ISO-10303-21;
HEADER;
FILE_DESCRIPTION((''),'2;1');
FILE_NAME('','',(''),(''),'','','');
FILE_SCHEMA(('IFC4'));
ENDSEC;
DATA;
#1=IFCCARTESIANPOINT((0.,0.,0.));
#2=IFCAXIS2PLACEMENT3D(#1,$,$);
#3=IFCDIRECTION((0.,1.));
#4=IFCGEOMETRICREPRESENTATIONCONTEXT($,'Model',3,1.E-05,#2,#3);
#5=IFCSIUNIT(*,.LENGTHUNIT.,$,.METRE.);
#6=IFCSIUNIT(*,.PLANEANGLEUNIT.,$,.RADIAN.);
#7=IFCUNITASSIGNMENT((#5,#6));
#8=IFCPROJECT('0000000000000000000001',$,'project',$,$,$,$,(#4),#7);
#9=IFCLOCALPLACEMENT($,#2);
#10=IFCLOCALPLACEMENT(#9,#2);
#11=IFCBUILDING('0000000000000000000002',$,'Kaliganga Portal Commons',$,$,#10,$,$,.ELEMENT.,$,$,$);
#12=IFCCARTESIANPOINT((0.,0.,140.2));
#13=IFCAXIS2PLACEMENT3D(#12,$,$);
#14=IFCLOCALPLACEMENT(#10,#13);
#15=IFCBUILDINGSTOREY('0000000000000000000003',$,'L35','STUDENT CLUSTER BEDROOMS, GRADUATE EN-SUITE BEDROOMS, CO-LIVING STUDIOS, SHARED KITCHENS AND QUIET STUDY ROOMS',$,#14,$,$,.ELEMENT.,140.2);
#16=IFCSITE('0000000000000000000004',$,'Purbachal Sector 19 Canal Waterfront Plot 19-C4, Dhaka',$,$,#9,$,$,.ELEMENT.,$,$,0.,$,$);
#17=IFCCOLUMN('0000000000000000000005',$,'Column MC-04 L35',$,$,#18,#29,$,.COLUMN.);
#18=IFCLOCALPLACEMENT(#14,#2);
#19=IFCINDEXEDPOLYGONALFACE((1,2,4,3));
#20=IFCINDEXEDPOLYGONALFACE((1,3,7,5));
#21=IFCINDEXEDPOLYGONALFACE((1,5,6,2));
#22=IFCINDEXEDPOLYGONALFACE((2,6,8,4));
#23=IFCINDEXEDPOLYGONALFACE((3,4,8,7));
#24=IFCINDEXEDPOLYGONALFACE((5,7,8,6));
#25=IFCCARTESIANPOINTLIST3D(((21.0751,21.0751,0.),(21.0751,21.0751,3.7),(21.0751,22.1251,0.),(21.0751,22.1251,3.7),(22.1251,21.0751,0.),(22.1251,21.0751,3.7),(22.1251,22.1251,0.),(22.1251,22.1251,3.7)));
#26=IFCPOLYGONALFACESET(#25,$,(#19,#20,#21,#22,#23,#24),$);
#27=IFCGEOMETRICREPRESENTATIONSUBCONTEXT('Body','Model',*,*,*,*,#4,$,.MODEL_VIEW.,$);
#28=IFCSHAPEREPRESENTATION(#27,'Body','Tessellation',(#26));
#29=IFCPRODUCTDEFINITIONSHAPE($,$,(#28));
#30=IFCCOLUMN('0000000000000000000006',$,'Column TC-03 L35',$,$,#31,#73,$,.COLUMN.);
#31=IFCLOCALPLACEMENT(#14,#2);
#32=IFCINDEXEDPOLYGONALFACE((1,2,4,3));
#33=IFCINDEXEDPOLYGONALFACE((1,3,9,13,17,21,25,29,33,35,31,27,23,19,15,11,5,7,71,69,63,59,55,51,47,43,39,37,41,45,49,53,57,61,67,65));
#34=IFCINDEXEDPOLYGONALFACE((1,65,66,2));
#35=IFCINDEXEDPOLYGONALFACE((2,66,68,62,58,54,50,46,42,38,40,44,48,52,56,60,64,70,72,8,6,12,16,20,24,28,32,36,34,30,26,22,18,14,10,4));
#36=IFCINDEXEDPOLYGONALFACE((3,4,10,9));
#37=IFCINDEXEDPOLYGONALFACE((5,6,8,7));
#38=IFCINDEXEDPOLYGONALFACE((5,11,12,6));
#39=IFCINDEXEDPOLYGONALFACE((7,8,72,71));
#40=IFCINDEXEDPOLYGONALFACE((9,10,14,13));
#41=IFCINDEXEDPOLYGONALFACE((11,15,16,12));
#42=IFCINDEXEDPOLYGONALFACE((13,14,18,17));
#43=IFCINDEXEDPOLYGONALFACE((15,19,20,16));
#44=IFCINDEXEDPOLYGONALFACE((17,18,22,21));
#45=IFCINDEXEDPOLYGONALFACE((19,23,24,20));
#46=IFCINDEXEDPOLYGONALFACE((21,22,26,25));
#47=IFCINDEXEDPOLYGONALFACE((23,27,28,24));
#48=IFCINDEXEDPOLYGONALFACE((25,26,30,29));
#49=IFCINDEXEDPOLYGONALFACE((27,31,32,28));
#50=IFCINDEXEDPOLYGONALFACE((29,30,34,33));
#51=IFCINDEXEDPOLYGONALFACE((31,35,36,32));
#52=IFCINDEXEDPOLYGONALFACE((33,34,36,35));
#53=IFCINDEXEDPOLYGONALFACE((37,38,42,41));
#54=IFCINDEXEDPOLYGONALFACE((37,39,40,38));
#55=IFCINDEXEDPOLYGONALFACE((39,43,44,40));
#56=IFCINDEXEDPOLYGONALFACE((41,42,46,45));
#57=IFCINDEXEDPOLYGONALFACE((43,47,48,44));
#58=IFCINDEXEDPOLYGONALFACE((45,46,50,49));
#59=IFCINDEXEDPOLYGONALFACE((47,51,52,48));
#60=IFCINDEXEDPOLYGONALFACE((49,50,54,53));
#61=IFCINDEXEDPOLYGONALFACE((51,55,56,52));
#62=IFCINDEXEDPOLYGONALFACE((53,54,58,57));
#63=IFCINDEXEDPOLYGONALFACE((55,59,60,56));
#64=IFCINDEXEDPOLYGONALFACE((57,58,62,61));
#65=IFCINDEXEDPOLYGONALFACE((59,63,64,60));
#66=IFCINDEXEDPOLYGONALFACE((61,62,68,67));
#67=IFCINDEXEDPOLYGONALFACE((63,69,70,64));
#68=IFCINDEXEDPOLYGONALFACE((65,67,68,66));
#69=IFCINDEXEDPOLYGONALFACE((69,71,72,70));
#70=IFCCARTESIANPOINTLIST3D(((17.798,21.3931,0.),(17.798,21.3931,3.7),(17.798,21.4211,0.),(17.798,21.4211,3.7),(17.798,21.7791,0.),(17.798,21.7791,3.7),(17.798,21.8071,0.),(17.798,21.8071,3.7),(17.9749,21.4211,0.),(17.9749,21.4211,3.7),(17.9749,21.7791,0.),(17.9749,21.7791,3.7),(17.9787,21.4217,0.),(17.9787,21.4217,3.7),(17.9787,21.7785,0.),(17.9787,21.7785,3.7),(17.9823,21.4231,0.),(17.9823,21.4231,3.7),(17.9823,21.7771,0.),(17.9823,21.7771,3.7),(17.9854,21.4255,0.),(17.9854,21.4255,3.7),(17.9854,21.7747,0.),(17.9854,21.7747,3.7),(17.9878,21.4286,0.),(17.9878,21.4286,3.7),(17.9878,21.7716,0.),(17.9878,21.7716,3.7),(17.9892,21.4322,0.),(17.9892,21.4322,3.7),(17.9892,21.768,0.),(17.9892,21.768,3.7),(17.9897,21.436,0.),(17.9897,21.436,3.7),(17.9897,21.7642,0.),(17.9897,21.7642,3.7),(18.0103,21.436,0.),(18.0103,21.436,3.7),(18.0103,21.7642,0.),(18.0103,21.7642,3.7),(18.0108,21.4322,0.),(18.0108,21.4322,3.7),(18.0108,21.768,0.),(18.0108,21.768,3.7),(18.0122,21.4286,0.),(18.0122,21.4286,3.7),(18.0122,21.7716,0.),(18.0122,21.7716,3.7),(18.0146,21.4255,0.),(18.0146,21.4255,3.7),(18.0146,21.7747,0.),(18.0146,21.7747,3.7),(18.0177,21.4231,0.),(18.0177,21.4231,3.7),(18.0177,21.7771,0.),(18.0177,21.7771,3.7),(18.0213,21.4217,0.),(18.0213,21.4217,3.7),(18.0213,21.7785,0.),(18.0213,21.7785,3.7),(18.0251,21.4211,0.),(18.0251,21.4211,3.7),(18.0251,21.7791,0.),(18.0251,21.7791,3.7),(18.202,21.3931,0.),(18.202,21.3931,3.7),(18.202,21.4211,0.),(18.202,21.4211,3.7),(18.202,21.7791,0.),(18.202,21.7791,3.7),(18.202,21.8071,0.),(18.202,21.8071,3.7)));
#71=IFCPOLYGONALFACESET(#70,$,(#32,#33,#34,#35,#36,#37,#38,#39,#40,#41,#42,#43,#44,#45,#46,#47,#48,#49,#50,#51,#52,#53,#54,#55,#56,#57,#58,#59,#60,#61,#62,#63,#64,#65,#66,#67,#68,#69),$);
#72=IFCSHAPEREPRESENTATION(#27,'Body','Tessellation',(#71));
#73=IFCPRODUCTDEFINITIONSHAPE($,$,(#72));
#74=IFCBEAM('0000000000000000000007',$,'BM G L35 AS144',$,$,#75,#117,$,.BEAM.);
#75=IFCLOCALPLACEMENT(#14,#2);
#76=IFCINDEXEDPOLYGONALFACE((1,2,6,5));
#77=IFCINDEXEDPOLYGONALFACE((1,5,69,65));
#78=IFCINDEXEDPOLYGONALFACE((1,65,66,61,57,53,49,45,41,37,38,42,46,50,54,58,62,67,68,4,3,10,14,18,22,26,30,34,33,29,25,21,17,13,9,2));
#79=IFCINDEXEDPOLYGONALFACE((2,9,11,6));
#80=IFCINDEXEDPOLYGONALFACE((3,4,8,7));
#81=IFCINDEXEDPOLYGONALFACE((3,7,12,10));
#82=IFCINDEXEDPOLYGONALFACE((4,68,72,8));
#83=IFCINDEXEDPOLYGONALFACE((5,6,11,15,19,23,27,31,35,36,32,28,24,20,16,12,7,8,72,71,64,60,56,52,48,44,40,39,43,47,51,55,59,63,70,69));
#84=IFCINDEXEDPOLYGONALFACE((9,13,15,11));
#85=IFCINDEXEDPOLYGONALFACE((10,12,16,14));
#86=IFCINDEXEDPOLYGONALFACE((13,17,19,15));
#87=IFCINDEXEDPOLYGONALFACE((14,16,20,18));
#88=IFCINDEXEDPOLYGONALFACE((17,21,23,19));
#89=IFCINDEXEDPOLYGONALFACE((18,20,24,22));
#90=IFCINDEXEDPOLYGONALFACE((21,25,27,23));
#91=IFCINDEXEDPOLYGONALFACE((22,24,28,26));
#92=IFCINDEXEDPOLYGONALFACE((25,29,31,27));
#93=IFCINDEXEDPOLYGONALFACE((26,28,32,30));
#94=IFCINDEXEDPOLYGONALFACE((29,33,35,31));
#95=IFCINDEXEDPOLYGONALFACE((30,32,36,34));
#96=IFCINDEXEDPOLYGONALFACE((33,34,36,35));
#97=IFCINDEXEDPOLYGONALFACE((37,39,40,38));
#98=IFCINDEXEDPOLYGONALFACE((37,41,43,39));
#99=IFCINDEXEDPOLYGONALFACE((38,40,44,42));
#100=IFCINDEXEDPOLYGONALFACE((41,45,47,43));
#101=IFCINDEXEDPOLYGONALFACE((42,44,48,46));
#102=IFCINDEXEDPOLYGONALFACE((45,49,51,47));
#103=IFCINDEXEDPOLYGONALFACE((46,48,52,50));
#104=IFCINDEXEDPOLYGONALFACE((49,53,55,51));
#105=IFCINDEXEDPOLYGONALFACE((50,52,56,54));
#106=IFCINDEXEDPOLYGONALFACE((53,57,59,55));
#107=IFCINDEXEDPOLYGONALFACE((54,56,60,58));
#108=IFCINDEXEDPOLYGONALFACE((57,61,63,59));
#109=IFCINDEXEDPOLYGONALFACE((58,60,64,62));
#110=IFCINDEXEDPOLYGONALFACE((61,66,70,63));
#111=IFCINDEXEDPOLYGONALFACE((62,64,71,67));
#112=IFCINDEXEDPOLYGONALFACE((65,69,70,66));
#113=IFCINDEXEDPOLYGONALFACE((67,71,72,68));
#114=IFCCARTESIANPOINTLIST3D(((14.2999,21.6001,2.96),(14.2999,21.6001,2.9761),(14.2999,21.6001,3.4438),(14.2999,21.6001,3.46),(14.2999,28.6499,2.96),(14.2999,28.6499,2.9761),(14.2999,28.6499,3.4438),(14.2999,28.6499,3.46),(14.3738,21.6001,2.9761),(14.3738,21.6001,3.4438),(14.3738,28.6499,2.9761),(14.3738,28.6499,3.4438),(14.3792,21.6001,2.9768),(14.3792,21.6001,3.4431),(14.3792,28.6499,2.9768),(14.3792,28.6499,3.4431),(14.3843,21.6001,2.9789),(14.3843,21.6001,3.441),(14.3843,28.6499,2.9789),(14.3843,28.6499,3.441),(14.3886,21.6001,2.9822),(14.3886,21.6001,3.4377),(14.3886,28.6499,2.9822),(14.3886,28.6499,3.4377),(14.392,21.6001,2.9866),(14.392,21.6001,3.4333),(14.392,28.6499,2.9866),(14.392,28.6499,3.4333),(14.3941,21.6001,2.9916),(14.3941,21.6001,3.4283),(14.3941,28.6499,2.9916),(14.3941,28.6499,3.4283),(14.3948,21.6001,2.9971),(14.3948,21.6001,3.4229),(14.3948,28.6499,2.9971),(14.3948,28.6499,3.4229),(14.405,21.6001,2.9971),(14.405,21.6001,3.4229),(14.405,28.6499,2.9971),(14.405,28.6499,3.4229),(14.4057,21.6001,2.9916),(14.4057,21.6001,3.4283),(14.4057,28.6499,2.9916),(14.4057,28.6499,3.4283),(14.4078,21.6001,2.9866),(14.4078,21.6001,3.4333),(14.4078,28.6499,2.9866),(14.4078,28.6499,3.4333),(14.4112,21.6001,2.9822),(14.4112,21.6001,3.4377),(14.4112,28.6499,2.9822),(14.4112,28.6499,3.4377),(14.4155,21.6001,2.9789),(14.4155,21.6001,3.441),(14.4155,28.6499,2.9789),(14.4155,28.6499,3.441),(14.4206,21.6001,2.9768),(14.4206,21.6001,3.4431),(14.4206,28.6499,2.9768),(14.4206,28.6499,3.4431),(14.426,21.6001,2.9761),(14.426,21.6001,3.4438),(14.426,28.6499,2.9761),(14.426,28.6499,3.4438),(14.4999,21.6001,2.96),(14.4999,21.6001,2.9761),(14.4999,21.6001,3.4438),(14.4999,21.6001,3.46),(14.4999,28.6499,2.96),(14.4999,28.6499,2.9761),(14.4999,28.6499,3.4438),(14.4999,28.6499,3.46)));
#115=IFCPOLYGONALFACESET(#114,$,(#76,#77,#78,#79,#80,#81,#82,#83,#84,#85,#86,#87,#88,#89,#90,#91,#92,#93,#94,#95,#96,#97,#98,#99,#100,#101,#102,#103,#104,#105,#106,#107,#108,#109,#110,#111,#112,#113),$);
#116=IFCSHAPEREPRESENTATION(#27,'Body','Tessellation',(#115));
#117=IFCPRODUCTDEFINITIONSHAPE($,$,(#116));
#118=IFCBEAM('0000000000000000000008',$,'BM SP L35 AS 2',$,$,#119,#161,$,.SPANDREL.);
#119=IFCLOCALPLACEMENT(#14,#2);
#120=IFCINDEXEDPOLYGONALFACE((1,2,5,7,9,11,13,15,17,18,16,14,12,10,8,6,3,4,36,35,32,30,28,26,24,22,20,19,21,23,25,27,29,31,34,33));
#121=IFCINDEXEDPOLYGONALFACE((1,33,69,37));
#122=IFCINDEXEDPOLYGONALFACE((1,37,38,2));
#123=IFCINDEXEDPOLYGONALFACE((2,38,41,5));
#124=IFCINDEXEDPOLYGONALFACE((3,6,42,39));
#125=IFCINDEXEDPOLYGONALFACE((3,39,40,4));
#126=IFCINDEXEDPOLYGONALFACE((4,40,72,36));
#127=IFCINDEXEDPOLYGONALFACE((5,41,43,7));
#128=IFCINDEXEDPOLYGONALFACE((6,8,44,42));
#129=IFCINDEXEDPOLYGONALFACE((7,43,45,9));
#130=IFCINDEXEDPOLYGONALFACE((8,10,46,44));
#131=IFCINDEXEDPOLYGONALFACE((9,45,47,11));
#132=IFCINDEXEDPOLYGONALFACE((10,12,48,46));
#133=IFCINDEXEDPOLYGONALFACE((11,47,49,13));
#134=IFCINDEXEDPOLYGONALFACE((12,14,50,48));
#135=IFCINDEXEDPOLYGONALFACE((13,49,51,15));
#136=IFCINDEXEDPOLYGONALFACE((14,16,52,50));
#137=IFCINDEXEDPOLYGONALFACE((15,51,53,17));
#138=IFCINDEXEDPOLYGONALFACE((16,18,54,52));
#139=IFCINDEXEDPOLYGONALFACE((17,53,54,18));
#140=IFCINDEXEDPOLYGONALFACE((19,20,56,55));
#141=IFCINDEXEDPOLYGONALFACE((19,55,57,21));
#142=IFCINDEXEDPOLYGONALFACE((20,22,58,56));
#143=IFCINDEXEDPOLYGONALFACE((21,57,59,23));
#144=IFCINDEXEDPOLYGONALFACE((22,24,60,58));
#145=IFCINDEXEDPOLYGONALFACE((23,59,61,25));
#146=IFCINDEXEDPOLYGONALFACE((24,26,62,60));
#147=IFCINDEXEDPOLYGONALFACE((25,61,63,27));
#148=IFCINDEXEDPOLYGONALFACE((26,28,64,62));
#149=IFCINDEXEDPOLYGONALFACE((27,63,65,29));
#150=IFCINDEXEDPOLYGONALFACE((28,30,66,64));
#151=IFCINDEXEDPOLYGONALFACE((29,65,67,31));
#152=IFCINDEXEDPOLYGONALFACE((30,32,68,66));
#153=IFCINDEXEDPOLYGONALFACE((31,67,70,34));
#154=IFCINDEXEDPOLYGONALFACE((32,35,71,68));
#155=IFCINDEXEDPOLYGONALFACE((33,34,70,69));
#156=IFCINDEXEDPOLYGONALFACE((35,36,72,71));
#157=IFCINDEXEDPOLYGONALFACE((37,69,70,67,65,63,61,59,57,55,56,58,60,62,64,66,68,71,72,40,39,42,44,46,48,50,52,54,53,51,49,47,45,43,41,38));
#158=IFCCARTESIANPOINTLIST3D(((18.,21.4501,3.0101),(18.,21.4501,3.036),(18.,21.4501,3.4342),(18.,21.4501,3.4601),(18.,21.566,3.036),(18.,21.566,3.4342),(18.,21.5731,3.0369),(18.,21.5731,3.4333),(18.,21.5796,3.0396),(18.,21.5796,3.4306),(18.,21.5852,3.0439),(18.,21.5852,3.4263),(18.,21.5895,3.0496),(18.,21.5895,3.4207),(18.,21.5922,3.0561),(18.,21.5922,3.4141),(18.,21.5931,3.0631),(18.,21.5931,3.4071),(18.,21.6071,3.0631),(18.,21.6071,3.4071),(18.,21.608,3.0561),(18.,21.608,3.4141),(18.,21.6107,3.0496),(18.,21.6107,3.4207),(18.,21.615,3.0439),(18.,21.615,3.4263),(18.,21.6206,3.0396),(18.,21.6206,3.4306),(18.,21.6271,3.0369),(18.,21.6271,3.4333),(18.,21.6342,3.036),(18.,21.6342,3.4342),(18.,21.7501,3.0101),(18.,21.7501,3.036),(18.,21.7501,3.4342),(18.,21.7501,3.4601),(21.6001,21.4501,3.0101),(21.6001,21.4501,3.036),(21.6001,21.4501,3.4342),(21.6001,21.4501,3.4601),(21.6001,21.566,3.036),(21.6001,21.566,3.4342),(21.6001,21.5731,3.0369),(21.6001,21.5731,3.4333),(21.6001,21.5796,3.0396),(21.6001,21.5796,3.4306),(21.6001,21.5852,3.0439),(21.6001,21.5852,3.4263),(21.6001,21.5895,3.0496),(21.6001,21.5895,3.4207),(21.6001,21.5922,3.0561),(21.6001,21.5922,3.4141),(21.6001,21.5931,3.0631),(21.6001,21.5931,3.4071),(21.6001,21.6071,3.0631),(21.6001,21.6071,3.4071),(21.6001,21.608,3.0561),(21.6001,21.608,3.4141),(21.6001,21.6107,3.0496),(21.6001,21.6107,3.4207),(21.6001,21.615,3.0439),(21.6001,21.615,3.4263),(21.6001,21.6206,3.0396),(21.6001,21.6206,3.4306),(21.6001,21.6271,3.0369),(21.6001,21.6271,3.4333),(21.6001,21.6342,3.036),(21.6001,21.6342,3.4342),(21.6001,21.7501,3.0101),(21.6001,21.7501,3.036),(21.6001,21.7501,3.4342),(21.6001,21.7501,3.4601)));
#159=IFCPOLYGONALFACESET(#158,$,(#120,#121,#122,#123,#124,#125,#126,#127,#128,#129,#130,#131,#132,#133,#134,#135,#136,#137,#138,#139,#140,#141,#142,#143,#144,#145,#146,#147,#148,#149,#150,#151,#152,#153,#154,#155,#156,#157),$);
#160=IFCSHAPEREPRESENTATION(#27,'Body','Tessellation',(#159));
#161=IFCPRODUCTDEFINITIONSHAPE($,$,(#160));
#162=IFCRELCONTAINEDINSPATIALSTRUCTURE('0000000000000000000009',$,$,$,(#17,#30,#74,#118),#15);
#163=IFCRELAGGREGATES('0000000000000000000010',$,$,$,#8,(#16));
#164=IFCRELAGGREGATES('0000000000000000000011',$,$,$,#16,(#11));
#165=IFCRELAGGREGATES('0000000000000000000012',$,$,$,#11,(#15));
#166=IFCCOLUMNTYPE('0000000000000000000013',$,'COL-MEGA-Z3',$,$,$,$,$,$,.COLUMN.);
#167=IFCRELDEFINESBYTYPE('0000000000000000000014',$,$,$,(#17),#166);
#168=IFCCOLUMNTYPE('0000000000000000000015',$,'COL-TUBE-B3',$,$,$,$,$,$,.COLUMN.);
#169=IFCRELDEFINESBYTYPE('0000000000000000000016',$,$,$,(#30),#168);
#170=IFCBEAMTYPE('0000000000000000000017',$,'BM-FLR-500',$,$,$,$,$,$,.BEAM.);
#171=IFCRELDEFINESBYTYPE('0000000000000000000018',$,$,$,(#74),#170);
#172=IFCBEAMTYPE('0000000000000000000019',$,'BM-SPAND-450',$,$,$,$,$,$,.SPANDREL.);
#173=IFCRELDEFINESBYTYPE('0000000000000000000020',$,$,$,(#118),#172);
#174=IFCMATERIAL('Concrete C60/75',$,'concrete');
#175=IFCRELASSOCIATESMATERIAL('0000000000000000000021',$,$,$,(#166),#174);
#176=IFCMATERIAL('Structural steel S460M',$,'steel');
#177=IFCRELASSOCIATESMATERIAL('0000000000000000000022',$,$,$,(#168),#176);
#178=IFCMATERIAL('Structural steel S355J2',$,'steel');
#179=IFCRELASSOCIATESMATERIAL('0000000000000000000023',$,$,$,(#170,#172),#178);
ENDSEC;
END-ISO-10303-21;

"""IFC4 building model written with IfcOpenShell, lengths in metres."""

from ifc_helpers import new_model, si_unit, direction, frame, origin, origin_2d, place, context, subcontext, project, spatial, rectangle, i_section, extrude, source, transform, mapped, material, material_profile, profile_set, type_object, element, save


model = new_model("IFC4")

# Units and contexts
model_context = context("Model", 3, precision=1e-05, world=origin(), true_north=direction((0.0, 1.0)))
body_context = subcontext(model_context, "Body", "Model", "MODEL_VIEW")
ifc_project = project(units=[si_unit("LENGTHUNIT", "METRE"), si_unit("PLANEANGLEUNIT", "RADIAN")], contexts=[model_context])

# Site, building, storey
site_placement = place(None, origin())
site = spatial("IfcSite", under=ifc_project, at=site_placement, Name="Purbachal Sector 19 Canal Waterfront Plot 19-C4, Dhaka", CompositionType="ELEMENT", RefElevation=0.0)
building_placement = place(site_placement, origin())
building = spatial("IfcBuilding", under=site, at=building_placement, Name="Kaliganga Portal Commons", CompositionType="ELEMENT")
storey_placement = place(building_placement, frame((0.0, 0.0, 140.2)))
storey = spatial("IfcBuildingStorey", under=building, at=storey_placement, Name="L35", Description="STUDENT CLUSTER BEDROOMS, GRADUATE EN-SUITE BEDROOMS, CO-LIVING STUDIOS, SHARED KITCHENS AND QUIET STUDY ROOMS", CompositionType="ELEMENT", Elevation=140.2)

# Columns
ifc_material_1 = material(Name="Concrete C60/75", Category="concrete")
ifc_material_profile_1 = material_profile(ifc_material_1, rectangle(XDim=1.05, YDim=1.05, at=origin_2d()), Name="RC 1050x1050")
ifc_profile_set_1 = profile_set([ifc_material_profile_1], Name="Concrete C60/75")
column_type_1 = type_object("IfcColumnType", Name="COL-MEGA-Z3", PredefinedType="COLUMN", material=ifc_profile_set_1)
shared_shape_1 = source(origin(), body_context, "Body", "SweptSolid", [
    extrude(rectangle(XDim=1.05, YDim=1.05, at=origin_2d()), origin(), (0.0, 0.0, 1.0), 3.7),
])
column_1_placement = place(storey_placement, frame((21.6001, 21.6001, 0.0), z_axis=(0.0, 0.0, 1.0), x_axis=(1.0, 0.0, 0.0)))
element("IfcColumn", 1, at=column_1_placement, inside=storey, type_object=column_type_1, Name="Column MC-04 L35", PredefinedType="COLUMN", context=body_context, shape_type="MappedRepresentation", body=[
    mapped(shared_shape_1, transform((0.0, 0.0, 0.0), x_axis=(1.0, 0.0, 0.0), y_axis=(0.0, 1.0, 0.0), z_axis=(0.0, 0.0, 1.0), scale=1.0)),
])
ifc_material_2 = material(Name="Structural steel S460M", Category="steel")
ifc_material_profile_2 = material_profile(ifc_material_2, i_section(OverallWidth=0.4041, OverallDepth=0.4141, WebThickness=0.0205, FlangeThickness=0.0281, FilletRadius=0.0149, at=origin_2d()), Name="HD 400x347")
ifc_profile_set_2 = profile_set([ifc_material_profile_2], Name="Structural steel S460M wide-flange")
column_type_2 = type_object("IfcColumnType", Name="COL-TUBE-B3", PredefinedType="COLUMN", material=ifc_profile_set_2)
shared_shape_2 = source(origin(), body_context, "Body", "SweptSolid", [
    extrude(i_section(OverallWidth=0.4041, OverallDepth=0.4141, WebThickness=0.0205, FlangeThickness=0.0281, FilletRadius=0.0149, at=origin_2d()), origin(), (0.0, 0.0, 1.0), 3.7),
])
column_2_placement = place(storey_placement, frame((18.0, 21.6001, 0.0), z_axis=(0.0, 0.0, 1.0), x_axis=(1.0, 0.0, 0.0)))
element("IfcColumn", 2, at=column_2_placement, inside=storey, type_object=column_type_2, Name="Column TC-03 L35", PredefinedType="COLUMN", context=body_context, shape_type="MappedRepresentation", body=[
    mapped(shared_shape_2, transform((0.0, 0.0, 0.0), x_axis=(1.0, 0.0, 0.0), y_axis=(0.0, 1.0, 0.0), z_axis=(0.0, 0.0, 1.0), scale=1.0)),
])

# Beams
ifc_material_3 = material(Name="Structural steel S355J2", Category="steel")
ifc_material_profile_3 = material_profile(ifc_material_3, i_section(OverallWidth=0.2, OverallDepth=0.5, WebThickness=0.0103, FlangeThickness=0.0161, FilletRadius=0.021, at=origin_2d()), Name="IPE 500")
ifc_profile_set_3 = profile_set([ifc_material_profile_3], Name="Structural steel S355J2 wide-flange")
beam_type_1 = type_object("IfcBeamType", Name="BM-FLR-500", PredefinedType="BEAM", material=ifc_profile_set_3)
shared_shape_3 = source(origin(), body_context, "Body", "SweptSolid", [
    extrude(i_section(OverallWidth=0.2, OverallDepth=0.5, WebThickness=0.0103, FlangeThickness=0.0161, FilletRadius=0.021, at=origin_2d()), origin(), (0.0, 0.0, 1.0), 7.0498),
])
beam_1_placement = place(storey_placement, frame((14.3999, 21.6001, 3.21), z_axis=(0.0, 1.0, 0.0), x_axis=(-1.0, 0.0, 0.0)))
element("IfcBeam", 3, at=beam_1_placement, inside=storey, type_object=beam_type_1, Name="BM G L35 AS144", PredefinedType="BEAM", context=body_context, shape_type="MappedRepresentation", body=[
    mapped(shared_shape_3, transform((0.0, 0.0, 0.0), x_axis=(1.0, 0.0, 0.0), y_axis=(0.0, 1.0, 0.0), z_axis=(0.0, 0.0, 1.0), scale=1.0)),
])
ifc_material_profile_4 = material_profile(ifc_material_3, i_section(OverallWidth=0.3, OverallDepth=0.45, WebThickness=0.0139, FlangeThickness=0.0259, FilletRadius=0.0271, at=origin_2d()), Name="HE 450 B")
ifc_profile_set_4 = profile_set([ifc_material_profile_4], Name="Structural steel S355J2 wide-flange")
beam_type_2 = type_object("IfcBeamType", Name="BM-SPAND-450", PredefinedType="SPANDREL", material=ifc_profile_set_4)
shared_shape_4 = source(origin(), body_context, "Body", "SweptSolid", [
    extrude(i_section(OverallWidth=0.3, OverallDepth=0.45, WebThickness=0.0139, FlangeThickness=0.0259, FilletRadius=0.0271, at=origin_2d()), origin(), (0.0, 0.0, 1.0), 3.6001),
])
beam_2_placement = place(storey_placement, frame((18.0, 21.6001, 3.2351), z_axis=(1.0, 0.0, 0.0), x_axis=(0.0, 1.0, 0.0)))
element("IfcBeam", 4, at=beam_2_placement, inside=storey, type_object=beam_type_2, Name="BM SP L35 AS 2", PredefinedType="SPANDREL", context=body_context, shape_type="MappedRepresentation", body=[
    mapped(shared_shape_4, transform((0.0, 0.0, 0.0), x_axis=(1.0, 0.0, 0.0), y_axis=(0.0, 1.0, 0.0), z_axis=(0.0, 0.0, 1.0), scale=1.0)),
])

save(model, "model.ifc")
